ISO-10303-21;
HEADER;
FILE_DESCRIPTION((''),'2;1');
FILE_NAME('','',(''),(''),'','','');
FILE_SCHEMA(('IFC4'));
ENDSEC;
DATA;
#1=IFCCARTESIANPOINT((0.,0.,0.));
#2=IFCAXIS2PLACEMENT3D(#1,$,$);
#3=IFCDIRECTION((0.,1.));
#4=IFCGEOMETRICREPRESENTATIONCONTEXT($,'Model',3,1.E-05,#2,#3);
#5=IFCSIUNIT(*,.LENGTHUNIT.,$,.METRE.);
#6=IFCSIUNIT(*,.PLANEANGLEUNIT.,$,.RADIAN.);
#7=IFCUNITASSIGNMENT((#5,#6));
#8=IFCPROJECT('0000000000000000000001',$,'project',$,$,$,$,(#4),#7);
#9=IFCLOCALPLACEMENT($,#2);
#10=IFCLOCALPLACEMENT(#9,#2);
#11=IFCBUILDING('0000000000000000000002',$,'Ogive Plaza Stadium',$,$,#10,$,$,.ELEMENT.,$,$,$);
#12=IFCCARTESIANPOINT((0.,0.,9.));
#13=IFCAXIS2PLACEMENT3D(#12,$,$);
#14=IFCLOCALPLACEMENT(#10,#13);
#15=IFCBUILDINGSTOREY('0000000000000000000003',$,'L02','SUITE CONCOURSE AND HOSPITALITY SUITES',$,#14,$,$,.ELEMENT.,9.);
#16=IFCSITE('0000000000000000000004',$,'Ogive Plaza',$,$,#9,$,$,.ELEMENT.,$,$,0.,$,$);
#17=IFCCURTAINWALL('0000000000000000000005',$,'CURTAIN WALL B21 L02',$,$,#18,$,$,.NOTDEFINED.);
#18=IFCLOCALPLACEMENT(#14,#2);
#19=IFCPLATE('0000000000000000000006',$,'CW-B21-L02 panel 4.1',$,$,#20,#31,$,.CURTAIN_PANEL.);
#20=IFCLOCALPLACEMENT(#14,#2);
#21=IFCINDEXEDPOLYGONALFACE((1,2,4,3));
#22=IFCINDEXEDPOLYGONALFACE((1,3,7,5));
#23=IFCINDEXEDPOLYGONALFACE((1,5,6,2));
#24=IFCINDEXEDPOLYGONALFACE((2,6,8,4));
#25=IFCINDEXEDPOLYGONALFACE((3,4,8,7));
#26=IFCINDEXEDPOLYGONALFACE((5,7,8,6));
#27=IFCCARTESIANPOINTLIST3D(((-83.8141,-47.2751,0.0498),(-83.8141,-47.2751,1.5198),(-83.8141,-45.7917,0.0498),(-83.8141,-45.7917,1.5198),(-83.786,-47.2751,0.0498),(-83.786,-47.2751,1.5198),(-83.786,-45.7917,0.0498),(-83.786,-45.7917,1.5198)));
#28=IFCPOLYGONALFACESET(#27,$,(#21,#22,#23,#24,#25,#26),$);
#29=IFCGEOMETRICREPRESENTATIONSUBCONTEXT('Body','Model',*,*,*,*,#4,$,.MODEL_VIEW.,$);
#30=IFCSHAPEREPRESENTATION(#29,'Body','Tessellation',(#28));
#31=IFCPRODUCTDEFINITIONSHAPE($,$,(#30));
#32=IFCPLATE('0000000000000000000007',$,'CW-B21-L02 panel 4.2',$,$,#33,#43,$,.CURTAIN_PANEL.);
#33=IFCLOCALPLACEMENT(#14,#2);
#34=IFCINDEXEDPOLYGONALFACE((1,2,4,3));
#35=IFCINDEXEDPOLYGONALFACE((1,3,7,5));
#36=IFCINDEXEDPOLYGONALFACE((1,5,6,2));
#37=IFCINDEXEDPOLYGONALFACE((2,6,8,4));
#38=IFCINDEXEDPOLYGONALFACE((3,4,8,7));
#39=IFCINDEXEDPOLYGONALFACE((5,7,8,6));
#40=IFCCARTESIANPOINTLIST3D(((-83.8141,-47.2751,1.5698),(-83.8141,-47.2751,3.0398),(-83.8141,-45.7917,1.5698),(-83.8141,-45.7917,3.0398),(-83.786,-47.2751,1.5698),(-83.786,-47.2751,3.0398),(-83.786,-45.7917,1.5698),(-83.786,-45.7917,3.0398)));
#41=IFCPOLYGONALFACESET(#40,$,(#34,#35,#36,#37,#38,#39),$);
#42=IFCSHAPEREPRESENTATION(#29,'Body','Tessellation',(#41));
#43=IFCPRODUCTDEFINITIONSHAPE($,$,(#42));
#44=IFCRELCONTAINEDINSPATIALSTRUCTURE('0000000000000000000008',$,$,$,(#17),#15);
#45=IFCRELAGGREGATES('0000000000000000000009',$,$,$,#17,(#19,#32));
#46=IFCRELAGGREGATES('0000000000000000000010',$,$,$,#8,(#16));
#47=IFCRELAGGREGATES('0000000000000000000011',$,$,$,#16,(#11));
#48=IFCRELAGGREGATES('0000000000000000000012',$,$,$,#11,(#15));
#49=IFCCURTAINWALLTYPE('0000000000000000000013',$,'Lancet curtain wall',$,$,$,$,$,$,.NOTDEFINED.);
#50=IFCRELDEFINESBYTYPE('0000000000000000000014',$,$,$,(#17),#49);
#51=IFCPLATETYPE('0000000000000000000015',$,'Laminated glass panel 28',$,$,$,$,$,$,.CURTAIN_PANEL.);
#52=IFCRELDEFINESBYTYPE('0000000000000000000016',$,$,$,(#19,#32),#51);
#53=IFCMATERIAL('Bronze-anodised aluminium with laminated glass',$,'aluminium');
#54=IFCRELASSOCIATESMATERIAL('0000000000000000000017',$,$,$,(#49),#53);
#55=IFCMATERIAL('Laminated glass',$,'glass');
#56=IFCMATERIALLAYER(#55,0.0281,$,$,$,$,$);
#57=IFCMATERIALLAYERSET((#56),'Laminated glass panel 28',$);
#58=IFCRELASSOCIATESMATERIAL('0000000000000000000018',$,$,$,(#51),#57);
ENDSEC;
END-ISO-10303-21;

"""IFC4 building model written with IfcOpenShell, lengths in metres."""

from ifc_helpers import new_model, si_unit, direction, frame, origin, origin_2d, place, context, subcontext, project, spatial, rectangle, extrude, material, layer, layer_set, type_object, element, aggregate, save


model = new_model("IFC4")

# Units and contexts
model_context = context("Model", 3, precision=1e-05, world=origin(), true_north=direction((0.0, 1.0)))
body_context = subcontext(model_context, "Body", "Model", "MODEL_VIEW")
ifc_project = project(units=[si_unit("LENGTHUNIT", "METRE"), si_unit("PLANEANGLEUNIT", "RADIAN")], contexts=[model_context])

# Site, building, storey
site_placement = place(None, origin())
site = spatial("IfcSite", under=ifc_project, at=site_placement, Name="Ogive Plaza", CompositionType="ELEMENT", RefElevation=0.0)
building_placement = place(site_placement, origin())
building = spatial("IfcBuilding", under=site, at=building_placement, Name="Ogive Plaza Stadium", CompositionType="ELEMENT")
storey_placement = place(building_placement, frame((0.0, 0.0, 9.0)))
storey = spatial("IfcBuildingStorey", under=building, at=storey_placement, Name="L02", Description="SUITE CONCOURSE AND HOSPITALITY SUITES", CompositionType="ELEMENT", Elevation=9.0)

# Shared definitions
ifc_material_1 = material(Name="Bronze-anodised aluminium with laminated glass", Category="aluminium")
curtain_wall_type = type_object("IfcCurtainWallType", Name="Lancet curtain wall", PredefinedType="NOTDEFINED", material=ifc_material_1)

# Curtain wall
curtain_wall_1_placement = place(storey_placement, origin())
curtain_wall_1 = element("IfcCurtainWall", 1, at=curtain_wall_1_placement, inside=storey, type_object=curtain_wall_type, Name="CURTAIN WALL B21 L02", PredefinedType="NOTDEFINED")

# Plates
ifc_material_2 = material(Name="Laminated glass", Category="glass")
ifc_layer = layer(ifc_material_2, 0.0281)
ifc_layer_set = layer_set([ifc_layer], Name="Laminated glass panel 28")
plate_type = type_object("IfcPlateType", Name="Laminated glass panel 28", PredefinedType="CURTAIN_PANEL", material=ifc_layer_set)
plate_1_placement = place(storey_placement, frame((-83.8, -46.5334, 0.0498), z_axis=(0.0, 0.0, 1.0), x_axis=(0.0, 1.0, 0.0)))
plate_1 = element("IfcPlate", 2, at=plate_1_placement, type_object=plate_type, Name="CW-B21-L02 panel 4.1", PredefinedType="CURTAIN_PANEL", context=body_context, shape_type="SweptSolid", body=[
    extrude(rectangle(XDim=1.4834, YDim=0.0281, at=origin_2d()), origin(), (0.0, 0.0, 1.0), 1.47),
])
plate_2_placement = place(storey_placement, frame((-83.8, -46.5334, 1.5698), z_axis=(0.0, 0.0, 1.0), x_axis=(0.0, 1.0, 0.0)))
plate_2 = element("IfcPlate", 3, at=plate_2_placement, type_object=plate_type, Name="CW-B21-L02 panel 4.2", PredefinedType="CURTAIN_PANEL", context=body_context, shape_type="SweptSolid", body=[
    extrude(rectangle(XDim=1.4834, YDim=0.0281, at=origin_2d()), origin(), (0.0, 0.0, 1.0), 1.47),
])
aggregate(curtain_wall_1, [plate_1, plate_2])

save(model, "model.ifc")
